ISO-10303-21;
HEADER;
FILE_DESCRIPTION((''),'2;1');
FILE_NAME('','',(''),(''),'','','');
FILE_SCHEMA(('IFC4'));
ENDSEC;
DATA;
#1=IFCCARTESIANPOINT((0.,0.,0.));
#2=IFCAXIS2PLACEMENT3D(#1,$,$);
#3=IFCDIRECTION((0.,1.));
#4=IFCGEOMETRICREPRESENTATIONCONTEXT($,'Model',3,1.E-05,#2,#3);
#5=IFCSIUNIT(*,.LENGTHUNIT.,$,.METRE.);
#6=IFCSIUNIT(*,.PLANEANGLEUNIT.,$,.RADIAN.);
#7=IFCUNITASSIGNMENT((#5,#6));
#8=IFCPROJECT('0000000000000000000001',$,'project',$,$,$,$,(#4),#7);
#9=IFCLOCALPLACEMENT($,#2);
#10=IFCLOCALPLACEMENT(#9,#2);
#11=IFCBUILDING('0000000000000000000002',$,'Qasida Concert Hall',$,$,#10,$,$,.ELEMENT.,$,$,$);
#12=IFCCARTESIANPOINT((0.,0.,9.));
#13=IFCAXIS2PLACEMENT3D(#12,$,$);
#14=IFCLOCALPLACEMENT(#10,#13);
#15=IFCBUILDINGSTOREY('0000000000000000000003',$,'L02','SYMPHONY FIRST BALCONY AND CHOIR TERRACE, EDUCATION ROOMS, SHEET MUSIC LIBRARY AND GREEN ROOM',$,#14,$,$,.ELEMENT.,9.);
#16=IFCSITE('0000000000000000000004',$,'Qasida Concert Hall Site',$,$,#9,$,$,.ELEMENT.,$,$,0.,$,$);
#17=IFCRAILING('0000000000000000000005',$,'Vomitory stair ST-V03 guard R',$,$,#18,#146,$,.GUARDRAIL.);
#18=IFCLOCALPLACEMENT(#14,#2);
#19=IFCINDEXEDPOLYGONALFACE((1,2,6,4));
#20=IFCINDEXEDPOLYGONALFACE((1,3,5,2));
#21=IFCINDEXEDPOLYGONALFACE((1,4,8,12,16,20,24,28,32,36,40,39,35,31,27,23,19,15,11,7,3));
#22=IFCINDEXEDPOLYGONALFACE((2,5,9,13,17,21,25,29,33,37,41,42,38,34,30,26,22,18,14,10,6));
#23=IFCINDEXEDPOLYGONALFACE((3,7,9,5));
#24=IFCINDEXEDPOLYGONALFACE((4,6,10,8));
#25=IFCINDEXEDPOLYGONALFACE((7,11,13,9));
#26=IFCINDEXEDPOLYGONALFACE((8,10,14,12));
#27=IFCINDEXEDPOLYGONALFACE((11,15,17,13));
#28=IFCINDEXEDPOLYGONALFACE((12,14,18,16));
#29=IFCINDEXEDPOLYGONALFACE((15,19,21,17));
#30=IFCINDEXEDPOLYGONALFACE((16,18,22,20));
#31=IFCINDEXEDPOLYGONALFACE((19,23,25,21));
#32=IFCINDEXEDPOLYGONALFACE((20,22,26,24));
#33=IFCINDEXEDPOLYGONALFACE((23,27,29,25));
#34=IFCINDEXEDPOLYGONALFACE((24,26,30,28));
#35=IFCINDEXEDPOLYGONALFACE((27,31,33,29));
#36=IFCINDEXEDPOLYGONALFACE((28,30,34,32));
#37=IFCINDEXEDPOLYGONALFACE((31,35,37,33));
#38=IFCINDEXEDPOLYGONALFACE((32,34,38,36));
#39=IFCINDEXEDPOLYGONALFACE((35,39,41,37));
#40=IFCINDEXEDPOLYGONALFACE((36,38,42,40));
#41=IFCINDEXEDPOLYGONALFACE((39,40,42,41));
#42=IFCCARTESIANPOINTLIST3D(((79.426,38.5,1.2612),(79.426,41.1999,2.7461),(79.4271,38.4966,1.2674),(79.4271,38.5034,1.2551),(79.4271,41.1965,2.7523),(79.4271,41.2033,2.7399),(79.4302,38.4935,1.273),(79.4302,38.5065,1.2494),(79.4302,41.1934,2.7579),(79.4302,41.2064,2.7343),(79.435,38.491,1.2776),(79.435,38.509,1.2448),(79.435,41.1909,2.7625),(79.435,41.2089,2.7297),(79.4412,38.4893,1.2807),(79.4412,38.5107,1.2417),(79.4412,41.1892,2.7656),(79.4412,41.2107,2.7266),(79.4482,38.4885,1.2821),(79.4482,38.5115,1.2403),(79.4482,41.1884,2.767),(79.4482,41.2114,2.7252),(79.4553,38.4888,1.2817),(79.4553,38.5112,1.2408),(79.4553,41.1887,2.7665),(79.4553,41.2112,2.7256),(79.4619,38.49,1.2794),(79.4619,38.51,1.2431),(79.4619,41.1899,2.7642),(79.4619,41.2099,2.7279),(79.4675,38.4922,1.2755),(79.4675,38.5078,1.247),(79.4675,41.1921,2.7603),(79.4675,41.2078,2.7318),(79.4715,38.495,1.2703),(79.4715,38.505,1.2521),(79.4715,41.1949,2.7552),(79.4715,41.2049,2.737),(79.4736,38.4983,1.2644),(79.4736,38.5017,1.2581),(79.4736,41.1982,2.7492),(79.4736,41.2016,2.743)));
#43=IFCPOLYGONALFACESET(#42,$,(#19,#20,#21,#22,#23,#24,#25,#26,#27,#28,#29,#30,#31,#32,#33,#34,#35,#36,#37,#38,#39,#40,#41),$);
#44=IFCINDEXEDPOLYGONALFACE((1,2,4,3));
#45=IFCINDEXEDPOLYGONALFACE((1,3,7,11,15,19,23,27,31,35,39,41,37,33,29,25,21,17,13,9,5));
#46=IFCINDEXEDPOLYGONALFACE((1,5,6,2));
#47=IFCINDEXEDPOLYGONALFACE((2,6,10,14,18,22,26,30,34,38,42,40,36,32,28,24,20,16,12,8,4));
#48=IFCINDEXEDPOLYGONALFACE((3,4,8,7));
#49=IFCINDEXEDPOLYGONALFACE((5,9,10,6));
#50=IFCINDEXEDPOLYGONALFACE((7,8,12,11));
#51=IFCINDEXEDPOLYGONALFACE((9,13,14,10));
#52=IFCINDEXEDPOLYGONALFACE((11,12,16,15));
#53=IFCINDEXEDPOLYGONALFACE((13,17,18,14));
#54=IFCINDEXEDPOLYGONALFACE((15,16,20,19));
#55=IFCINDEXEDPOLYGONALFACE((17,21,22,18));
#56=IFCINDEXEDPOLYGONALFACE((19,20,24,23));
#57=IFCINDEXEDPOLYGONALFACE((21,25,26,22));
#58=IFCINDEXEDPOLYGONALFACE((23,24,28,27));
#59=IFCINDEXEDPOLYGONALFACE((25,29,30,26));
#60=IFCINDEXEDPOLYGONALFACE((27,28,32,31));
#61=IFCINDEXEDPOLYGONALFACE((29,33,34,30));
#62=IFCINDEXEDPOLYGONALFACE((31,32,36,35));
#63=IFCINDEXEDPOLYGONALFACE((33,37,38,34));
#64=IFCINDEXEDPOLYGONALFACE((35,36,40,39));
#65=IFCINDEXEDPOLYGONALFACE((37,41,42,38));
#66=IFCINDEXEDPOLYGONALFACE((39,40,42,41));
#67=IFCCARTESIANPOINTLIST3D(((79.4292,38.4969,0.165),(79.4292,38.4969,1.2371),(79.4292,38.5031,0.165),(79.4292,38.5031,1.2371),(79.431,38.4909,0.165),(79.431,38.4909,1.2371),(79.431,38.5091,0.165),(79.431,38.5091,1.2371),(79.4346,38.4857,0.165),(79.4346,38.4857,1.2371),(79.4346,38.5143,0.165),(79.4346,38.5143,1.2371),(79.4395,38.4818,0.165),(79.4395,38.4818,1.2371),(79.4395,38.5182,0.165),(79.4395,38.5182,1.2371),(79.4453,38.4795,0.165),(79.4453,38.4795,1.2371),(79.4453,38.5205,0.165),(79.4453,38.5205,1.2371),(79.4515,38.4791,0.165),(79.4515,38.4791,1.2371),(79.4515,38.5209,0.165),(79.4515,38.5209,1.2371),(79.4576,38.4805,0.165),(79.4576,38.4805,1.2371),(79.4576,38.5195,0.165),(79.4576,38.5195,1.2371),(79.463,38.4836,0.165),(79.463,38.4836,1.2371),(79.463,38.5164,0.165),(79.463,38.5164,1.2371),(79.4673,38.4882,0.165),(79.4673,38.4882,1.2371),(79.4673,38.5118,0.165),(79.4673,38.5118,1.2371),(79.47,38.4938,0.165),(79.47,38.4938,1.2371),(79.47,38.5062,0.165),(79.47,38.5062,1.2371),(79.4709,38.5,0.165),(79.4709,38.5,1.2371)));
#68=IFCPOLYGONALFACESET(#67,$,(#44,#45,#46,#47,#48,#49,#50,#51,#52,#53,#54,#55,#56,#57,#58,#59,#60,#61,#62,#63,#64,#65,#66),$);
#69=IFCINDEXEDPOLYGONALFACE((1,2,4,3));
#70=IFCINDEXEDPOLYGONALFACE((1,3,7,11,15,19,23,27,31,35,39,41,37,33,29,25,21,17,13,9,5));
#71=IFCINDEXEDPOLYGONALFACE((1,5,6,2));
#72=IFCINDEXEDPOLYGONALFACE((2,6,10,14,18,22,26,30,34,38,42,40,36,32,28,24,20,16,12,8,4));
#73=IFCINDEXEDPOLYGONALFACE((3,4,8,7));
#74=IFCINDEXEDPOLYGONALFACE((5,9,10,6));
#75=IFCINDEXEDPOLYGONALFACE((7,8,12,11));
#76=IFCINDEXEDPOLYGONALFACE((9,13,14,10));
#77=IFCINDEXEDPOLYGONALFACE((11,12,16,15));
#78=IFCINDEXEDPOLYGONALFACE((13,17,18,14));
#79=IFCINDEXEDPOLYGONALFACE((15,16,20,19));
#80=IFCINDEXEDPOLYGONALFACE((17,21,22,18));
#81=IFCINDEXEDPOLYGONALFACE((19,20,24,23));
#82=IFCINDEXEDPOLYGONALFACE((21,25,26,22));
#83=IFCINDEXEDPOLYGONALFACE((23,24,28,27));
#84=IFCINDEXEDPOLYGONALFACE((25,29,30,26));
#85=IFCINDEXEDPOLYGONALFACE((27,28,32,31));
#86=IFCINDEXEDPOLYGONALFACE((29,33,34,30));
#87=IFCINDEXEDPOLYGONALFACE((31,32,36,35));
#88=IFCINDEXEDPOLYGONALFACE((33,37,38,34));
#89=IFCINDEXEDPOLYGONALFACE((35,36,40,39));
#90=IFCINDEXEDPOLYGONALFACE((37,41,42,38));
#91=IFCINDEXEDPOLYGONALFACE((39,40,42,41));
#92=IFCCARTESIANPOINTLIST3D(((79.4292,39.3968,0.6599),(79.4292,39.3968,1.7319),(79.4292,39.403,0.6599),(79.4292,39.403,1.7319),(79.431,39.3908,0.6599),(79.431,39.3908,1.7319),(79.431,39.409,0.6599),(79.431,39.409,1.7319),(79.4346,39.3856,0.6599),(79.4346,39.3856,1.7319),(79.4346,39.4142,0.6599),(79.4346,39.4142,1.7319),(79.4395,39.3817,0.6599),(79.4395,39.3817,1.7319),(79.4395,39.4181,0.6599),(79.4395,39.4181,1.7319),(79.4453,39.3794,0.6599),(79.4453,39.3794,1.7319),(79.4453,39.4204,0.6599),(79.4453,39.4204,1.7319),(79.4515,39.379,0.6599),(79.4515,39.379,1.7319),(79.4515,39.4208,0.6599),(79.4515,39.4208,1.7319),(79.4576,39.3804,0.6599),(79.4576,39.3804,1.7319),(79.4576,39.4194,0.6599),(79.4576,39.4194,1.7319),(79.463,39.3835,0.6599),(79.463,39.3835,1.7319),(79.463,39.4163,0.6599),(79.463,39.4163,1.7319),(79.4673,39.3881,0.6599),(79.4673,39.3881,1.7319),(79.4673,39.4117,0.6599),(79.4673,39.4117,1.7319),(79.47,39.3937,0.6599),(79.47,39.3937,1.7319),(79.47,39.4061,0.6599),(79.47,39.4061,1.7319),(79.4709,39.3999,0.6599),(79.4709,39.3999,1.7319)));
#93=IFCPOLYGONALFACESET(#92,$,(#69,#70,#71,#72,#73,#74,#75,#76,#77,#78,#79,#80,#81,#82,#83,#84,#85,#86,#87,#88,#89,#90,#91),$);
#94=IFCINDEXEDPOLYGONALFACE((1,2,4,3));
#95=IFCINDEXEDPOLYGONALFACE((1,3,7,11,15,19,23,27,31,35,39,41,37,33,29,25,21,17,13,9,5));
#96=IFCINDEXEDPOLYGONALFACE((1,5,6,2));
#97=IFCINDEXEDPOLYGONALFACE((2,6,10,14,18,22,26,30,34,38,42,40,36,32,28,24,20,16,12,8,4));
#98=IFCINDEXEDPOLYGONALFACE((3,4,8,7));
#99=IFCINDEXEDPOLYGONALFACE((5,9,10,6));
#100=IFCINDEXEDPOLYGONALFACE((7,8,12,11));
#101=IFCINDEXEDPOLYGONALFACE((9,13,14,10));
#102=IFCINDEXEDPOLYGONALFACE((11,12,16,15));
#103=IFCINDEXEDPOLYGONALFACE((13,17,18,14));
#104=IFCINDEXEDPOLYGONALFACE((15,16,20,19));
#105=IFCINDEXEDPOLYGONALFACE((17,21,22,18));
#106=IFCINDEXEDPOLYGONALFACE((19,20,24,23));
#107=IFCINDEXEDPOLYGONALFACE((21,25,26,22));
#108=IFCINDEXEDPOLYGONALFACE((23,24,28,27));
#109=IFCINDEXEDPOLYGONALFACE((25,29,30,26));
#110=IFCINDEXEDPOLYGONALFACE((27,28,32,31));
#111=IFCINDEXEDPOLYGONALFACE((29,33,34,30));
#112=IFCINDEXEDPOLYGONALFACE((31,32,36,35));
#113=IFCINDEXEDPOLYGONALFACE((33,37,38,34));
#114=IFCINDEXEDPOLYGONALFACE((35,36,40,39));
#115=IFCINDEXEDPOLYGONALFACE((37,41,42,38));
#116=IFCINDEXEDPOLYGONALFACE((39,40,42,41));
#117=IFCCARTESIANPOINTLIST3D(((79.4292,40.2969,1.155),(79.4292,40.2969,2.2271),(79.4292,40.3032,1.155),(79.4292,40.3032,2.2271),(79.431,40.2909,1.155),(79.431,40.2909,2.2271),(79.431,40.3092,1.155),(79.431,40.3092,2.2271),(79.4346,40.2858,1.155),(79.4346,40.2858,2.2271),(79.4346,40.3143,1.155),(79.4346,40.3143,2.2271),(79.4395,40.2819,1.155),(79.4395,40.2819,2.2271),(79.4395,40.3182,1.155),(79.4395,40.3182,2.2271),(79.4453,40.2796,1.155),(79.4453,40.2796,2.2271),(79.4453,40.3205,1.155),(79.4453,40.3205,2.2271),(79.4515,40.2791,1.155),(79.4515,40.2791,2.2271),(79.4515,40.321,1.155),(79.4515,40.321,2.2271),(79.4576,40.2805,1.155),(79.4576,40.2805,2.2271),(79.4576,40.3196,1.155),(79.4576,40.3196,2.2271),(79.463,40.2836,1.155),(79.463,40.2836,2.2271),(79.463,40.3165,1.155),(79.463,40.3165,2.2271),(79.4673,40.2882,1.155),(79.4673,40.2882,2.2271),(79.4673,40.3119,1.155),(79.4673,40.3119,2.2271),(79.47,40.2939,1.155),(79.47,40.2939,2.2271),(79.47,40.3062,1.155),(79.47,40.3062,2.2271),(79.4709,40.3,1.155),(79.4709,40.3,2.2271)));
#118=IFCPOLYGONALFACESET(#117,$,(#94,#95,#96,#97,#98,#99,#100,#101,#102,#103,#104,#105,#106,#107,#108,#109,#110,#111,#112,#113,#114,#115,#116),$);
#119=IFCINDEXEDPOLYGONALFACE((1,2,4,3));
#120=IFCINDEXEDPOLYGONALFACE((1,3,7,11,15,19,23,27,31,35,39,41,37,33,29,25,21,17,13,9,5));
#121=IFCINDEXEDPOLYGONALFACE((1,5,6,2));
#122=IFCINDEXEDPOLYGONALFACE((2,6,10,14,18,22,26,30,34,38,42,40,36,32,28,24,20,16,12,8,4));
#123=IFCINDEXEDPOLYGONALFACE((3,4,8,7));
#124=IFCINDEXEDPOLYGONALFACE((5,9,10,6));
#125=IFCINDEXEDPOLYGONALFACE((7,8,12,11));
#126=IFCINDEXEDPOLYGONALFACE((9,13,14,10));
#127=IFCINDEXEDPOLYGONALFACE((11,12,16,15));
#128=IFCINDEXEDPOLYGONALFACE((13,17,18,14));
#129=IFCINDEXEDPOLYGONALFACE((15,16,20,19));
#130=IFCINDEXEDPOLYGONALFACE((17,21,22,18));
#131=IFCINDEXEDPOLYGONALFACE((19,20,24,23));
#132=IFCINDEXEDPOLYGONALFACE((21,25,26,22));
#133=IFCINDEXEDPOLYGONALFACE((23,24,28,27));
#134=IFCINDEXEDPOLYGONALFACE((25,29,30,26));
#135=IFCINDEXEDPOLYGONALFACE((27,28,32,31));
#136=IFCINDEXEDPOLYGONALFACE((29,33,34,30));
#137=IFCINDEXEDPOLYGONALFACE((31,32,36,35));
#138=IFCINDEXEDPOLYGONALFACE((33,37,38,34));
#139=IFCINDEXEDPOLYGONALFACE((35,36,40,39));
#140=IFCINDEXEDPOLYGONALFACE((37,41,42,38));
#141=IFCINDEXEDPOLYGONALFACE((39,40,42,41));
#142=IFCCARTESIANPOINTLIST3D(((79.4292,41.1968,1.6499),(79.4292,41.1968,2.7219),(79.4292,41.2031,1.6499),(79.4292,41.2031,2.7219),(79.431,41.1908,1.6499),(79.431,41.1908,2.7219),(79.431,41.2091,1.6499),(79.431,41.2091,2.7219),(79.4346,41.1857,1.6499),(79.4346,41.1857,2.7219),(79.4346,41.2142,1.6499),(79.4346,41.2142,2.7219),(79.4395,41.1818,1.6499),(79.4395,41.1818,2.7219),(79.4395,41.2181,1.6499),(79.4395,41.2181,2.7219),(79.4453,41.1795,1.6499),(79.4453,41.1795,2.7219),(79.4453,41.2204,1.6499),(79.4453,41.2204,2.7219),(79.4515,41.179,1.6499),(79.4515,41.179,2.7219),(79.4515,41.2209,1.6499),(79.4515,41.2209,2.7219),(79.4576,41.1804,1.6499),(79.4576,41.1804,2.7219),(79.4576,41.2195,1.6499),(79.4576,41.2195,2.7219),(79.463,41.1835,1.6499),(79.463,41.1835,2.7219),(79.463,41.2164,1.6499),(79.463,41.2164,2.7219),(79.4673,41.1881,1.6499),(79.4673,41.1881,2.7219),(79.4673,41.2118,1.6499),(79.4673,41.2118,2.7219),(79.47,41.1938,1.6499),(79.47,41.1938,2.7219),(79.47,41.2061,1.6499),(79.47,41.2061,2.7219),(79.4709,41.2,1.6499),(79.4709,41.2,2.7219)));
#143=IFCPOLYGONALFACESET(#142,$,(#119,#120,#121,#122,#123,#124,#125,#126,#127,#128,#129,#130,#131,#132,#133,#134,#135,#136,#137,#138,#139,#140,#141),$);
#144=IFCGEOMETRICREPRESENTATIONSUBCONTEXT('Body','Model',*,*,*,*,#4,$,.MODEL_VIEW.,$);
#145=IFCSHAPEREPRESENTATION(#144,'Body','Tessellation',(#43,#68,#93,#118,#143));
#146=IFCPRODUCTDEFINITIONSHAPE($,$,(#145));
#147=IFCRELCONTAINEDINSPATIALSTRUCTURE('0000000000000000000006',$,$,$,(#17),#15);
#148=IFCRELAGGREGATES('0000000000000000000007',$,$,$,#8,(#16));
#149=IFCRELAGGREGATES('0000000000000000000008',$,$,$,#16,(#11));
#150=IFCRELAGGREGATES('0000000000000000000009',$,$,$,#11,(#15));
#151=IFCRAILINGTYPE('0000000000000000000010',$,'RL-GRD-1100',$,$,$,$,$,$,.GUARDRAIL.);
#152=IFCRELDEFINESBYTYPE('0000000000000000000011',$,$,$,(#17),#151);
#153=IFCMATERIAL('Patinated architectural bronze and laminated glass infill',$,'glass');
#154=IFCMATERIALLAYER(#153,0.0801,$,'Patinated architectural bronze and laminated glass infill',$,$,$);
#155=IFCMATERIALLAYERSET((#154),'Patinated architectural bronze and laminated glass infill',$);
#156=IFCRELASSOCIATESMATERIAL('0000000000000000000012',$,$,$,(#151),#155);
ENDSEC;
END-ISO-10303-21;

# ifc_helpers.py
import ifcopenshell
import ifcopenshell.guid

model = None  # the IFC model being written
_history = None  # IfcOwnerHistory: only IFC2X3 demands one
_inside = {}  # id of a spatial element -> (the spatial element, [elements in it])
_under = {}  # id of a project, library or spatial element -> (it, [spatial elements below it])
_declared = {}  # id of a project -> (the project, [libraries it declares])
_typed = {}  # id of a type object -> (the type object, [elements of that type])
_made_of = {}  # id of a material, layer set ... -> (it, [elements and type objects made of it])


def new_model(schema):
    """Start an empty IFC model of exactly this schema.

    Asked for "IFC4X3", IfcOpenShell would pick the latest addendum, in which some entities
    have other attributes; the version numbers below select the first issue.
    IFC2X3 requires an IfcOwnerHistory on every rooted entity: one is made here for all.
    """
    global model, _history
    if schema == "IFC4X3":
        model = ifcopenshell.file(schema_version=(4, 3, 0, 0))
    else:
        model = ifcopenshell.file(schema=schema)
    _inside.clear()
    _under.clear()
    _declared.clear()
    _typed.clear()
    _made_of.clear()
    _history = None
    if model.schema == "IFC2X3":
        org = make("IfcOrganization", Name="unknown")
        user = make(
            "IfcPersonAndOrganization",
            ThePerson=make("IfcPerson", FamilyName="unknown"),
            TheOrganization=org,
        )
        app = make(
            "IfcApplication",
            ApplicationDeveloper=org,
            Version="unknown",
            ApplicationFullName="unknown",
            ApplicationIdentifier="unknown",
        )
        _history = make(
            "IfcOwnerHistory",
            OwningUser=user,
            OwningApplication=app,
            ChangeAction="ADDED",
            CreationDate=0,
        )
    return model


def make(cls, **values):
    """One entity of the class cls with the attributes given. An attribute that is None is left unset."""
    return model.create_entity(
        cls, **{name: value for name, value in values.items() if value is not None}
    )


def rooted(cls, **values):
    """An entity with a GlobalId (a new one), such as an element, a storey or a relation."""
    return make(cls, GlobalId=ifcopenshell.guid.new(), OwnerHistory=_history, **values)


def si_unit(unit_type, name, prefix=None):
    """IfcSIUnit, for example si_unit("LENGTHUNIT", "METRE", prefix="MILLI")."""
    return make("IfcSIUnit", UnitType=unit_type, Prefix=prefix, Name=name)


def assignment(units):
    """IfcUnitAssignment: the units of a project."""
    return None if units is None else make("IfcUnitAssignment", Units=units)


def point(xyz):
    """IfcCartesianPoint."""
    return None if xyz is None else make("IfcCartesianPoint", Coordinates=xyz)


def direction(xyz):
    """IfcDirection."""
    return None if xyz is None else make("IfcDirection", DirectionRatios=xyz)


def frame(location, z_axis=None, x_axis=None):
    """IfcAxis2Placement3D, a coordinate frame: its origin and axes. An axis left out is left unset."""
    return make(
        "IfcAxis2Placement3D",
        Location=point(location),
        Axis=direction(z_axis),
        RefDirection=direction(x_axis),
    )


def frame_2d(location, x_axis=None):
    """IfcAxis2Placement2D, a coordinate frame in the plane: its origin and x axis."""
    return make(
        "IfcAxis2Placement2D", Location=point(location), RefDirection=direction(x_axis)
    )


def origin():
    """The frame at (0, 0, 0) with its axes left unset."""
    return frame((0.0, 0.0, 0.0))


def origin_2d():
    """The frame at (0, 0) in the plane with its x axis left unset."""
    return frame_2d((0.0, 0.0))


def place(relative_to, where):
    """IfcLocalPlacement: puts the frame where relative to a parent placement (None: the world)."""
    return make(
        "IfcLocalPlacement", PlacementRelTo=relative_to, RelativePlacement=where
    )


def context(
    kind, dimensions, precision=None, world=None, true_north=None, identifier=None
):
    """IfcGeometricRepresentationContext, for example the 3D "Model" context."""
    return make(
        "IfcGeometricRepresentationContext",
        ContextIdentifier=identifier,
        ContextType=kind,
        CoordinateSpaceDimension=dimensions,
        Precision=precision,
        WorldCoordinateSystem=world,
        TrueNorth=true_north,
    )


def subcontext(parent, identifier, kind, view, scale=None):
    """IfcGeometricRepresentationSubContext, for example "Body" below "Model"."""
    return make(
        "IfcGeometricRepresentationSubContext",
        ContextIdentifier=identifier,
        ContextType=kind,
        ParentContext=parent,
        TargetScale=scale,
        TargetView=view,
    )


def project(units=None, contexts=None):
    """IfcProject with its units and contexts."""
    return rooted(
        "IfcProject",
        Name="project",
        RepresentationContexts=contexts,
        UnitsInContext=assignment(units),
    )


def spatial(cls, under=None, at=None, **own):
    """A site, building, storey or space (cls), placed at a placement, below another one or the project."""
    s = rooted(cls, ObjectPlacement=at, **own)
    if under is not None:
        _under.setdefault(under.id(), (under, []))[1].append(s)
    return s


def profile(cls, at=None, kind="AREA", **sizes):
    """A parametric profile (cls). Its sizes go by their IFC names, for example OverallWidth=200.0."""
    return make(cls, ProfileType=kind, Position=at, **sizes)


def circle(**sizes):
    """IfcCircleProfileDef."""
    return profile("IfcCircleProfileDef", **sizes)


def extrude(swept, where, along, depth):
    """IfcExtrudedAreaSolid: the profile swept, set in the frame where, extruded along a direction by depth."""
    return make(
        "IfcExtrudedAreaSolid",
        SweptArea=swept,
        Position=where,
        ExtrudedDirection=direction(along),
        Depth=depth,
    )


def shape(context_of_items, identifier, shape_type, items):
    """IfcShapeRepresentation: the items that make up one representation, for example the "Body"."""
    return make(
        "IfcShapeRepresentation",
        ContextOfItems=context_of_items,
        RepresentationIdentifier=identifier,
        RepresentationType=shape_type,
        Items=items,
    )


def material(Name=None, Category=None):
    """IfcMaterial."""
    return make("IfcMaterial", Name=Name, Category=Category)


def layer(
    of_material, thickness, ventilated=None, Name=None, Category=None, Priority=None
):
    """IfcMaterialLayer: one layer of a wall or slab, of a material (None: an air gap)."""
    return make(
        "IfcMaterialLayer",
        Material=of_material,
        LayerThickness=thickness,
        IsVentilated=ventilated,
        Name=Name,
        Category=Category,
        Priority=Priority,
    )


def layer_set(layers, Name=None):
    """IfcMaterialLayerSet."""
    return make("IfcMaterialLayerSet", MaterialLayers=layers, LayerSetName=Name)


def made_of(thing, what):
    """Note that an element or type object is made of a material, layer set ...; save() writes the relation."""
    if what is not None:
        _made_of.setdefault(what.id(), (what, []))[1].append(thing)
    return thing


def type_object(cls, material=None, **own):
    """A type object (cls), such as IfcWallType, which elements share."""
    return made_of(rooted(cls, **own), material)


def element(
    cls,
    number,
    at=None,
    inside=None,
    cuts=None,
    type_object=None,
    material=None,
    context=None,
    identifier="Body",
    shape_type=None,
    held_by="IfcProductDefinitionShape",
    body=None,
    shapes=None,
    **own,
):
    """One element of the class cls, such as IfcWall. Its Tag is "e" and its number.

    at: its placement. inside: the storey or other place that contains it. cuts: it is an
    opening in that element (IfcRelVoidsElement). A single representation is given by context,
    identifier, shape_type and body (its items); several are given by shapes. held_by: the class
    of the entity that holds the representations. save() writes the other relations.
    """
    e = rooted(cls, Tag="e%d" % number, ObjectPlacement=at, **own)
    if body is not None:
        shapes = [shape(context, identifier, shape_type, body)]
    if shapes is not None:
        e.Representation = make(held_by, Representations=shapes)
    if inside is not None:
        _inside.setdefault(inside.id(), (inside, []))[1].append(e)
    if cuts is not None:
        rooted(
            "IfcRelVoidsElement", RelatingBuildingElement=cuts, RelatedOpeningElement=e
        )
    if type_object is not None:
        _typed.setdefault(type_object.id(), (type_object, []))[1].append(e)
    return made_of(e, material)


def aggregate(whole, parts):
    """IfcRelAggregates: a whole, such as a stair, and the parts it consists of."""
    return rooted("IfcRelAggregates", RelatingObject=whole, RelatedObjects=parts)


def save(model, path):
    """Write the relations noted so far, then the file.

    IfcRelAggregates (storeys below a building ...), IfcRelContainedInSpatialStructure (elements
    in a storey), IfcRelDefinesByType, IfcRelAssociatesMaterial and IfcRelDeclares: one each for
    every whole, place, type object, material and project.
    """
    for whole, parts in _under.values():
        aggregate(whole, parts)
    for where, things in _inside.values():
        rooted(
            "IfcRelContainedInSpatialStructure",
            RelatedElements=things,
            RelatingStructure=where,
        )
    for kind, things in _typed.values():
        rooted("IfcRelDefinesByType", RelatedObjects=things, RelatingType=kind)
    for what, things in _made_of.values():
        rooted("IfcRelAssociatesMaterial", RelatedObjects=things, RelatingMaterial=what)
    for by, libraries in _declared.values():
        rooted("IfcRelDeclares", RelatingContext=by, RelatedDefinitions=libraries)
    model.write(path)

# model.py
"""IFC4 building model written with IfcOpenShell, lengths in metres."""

from ifc_helpers import new_model, si_unit, direction, frame, origin, origin_2d, place, context, subcontext, project, spatial, circle, extrude, material, layer, layer_set, type_object, element, save


model = new_model("IFC4")

# Units and contexts
model_context = context("Model", 3, precision=1e-05, world=origin(), true_north=direction((0.0, 1.0)))
body_context = subcontext(model_context, "Body", "Model", "MODEL_VIEW")
ifc_project = project(units=[si_unit("LENGTHUNIT", "METRE"), si_unit("PLANEANGLEUNIT", "RADIAN")], contexts=[model_context])

# Site, building, storey
site_placement = place(None, origin())
site = spatial("IfcSite", under=ifc_project, at=site_placement, Name="Qasida Concert Hall Site", CompositionType="ELEMENT", RefElevation=0.0)
building_placement = place(site_placement, origin())
building = spatial("IfcBuilding", under=site, at=building_placement, Name="Qasida Concert Hall", CompositionType="ELEMENT")
storey_placement = place(building_placement, frame((0.0, 0.0, 9.0)))
storey = spatial("IfcBuildingStorey", under=building, at=storey_placement, Name="L02", Description="SYMPHONY FIRST BALCONY AND CHOIR TERRACE, EDUCATION ROOMS, SHEET MUSIC LIBRARY AND GREEN ROOM", CompositionType="ELEMENT", Elevation=9.0)

# Railing
ifc_material_1 = material(Name="Patinated architectural bronze and laminated glass infill", Category="glass")
ifc_layer_1 = layer(ifc_material_1, 0.0801, Name="Patinated architectural bronze and laminated glass infill")
ifc_layer_set_1 = layer_set([ifc_layer_1], Name="Patinated architectural bronze and laminated glass infill")
railing_type_1 = type_object("IfcRailingType", Name="RL-GRD-1100", PredefinedType="GUARDRAIL", material=ifc_layer_set_1)
for number, where, name in (
    (1, (79.45, 38.5, 0.165), "Vomitory stair ST-V03 guard R"),
):
    element("IfcRailing", number, at=place(storey_placement, frame(where)), inside=storey, type_object=railing_type_1, Name=name, PredefinedType="GUARDRAIL", context=body_context, shape_type="SweptSolid", body=[
        extrude(circle(Radius=0.0239, at=origin_2d()), frame((0.0, 0.0, 1.0962), z_axis=(0.0, 0.876231, 0.481891), x_axis=(-1.0, 0.0, 0.0)), (0.0, 0.0, 1.0), 3.0813),
        extrude(circle(Radius=0.021, at=origin_2d()), origin(), (0.0, 0.0, 1.0), 1.072),
        extrude(circle(Radius=0.021, at=origin_2d()), frame((0.0, 0.8999, 0.4949)), (0.0, 0.0, 1.0), 1.072),
        extrude(circle(Radius=0.021, at=origin_2d()), frame((0.0, 1.8, 0.99)), (0.0, 0.0, 1.0), 1.072),
        extrude(circle(Radius=0.021, at=origin_2d()), frame((0.0, 2.7, 1.4849)), (0.0, 0.0, 1.0), 1.072),
    ])

save(model, "model.ifc")
